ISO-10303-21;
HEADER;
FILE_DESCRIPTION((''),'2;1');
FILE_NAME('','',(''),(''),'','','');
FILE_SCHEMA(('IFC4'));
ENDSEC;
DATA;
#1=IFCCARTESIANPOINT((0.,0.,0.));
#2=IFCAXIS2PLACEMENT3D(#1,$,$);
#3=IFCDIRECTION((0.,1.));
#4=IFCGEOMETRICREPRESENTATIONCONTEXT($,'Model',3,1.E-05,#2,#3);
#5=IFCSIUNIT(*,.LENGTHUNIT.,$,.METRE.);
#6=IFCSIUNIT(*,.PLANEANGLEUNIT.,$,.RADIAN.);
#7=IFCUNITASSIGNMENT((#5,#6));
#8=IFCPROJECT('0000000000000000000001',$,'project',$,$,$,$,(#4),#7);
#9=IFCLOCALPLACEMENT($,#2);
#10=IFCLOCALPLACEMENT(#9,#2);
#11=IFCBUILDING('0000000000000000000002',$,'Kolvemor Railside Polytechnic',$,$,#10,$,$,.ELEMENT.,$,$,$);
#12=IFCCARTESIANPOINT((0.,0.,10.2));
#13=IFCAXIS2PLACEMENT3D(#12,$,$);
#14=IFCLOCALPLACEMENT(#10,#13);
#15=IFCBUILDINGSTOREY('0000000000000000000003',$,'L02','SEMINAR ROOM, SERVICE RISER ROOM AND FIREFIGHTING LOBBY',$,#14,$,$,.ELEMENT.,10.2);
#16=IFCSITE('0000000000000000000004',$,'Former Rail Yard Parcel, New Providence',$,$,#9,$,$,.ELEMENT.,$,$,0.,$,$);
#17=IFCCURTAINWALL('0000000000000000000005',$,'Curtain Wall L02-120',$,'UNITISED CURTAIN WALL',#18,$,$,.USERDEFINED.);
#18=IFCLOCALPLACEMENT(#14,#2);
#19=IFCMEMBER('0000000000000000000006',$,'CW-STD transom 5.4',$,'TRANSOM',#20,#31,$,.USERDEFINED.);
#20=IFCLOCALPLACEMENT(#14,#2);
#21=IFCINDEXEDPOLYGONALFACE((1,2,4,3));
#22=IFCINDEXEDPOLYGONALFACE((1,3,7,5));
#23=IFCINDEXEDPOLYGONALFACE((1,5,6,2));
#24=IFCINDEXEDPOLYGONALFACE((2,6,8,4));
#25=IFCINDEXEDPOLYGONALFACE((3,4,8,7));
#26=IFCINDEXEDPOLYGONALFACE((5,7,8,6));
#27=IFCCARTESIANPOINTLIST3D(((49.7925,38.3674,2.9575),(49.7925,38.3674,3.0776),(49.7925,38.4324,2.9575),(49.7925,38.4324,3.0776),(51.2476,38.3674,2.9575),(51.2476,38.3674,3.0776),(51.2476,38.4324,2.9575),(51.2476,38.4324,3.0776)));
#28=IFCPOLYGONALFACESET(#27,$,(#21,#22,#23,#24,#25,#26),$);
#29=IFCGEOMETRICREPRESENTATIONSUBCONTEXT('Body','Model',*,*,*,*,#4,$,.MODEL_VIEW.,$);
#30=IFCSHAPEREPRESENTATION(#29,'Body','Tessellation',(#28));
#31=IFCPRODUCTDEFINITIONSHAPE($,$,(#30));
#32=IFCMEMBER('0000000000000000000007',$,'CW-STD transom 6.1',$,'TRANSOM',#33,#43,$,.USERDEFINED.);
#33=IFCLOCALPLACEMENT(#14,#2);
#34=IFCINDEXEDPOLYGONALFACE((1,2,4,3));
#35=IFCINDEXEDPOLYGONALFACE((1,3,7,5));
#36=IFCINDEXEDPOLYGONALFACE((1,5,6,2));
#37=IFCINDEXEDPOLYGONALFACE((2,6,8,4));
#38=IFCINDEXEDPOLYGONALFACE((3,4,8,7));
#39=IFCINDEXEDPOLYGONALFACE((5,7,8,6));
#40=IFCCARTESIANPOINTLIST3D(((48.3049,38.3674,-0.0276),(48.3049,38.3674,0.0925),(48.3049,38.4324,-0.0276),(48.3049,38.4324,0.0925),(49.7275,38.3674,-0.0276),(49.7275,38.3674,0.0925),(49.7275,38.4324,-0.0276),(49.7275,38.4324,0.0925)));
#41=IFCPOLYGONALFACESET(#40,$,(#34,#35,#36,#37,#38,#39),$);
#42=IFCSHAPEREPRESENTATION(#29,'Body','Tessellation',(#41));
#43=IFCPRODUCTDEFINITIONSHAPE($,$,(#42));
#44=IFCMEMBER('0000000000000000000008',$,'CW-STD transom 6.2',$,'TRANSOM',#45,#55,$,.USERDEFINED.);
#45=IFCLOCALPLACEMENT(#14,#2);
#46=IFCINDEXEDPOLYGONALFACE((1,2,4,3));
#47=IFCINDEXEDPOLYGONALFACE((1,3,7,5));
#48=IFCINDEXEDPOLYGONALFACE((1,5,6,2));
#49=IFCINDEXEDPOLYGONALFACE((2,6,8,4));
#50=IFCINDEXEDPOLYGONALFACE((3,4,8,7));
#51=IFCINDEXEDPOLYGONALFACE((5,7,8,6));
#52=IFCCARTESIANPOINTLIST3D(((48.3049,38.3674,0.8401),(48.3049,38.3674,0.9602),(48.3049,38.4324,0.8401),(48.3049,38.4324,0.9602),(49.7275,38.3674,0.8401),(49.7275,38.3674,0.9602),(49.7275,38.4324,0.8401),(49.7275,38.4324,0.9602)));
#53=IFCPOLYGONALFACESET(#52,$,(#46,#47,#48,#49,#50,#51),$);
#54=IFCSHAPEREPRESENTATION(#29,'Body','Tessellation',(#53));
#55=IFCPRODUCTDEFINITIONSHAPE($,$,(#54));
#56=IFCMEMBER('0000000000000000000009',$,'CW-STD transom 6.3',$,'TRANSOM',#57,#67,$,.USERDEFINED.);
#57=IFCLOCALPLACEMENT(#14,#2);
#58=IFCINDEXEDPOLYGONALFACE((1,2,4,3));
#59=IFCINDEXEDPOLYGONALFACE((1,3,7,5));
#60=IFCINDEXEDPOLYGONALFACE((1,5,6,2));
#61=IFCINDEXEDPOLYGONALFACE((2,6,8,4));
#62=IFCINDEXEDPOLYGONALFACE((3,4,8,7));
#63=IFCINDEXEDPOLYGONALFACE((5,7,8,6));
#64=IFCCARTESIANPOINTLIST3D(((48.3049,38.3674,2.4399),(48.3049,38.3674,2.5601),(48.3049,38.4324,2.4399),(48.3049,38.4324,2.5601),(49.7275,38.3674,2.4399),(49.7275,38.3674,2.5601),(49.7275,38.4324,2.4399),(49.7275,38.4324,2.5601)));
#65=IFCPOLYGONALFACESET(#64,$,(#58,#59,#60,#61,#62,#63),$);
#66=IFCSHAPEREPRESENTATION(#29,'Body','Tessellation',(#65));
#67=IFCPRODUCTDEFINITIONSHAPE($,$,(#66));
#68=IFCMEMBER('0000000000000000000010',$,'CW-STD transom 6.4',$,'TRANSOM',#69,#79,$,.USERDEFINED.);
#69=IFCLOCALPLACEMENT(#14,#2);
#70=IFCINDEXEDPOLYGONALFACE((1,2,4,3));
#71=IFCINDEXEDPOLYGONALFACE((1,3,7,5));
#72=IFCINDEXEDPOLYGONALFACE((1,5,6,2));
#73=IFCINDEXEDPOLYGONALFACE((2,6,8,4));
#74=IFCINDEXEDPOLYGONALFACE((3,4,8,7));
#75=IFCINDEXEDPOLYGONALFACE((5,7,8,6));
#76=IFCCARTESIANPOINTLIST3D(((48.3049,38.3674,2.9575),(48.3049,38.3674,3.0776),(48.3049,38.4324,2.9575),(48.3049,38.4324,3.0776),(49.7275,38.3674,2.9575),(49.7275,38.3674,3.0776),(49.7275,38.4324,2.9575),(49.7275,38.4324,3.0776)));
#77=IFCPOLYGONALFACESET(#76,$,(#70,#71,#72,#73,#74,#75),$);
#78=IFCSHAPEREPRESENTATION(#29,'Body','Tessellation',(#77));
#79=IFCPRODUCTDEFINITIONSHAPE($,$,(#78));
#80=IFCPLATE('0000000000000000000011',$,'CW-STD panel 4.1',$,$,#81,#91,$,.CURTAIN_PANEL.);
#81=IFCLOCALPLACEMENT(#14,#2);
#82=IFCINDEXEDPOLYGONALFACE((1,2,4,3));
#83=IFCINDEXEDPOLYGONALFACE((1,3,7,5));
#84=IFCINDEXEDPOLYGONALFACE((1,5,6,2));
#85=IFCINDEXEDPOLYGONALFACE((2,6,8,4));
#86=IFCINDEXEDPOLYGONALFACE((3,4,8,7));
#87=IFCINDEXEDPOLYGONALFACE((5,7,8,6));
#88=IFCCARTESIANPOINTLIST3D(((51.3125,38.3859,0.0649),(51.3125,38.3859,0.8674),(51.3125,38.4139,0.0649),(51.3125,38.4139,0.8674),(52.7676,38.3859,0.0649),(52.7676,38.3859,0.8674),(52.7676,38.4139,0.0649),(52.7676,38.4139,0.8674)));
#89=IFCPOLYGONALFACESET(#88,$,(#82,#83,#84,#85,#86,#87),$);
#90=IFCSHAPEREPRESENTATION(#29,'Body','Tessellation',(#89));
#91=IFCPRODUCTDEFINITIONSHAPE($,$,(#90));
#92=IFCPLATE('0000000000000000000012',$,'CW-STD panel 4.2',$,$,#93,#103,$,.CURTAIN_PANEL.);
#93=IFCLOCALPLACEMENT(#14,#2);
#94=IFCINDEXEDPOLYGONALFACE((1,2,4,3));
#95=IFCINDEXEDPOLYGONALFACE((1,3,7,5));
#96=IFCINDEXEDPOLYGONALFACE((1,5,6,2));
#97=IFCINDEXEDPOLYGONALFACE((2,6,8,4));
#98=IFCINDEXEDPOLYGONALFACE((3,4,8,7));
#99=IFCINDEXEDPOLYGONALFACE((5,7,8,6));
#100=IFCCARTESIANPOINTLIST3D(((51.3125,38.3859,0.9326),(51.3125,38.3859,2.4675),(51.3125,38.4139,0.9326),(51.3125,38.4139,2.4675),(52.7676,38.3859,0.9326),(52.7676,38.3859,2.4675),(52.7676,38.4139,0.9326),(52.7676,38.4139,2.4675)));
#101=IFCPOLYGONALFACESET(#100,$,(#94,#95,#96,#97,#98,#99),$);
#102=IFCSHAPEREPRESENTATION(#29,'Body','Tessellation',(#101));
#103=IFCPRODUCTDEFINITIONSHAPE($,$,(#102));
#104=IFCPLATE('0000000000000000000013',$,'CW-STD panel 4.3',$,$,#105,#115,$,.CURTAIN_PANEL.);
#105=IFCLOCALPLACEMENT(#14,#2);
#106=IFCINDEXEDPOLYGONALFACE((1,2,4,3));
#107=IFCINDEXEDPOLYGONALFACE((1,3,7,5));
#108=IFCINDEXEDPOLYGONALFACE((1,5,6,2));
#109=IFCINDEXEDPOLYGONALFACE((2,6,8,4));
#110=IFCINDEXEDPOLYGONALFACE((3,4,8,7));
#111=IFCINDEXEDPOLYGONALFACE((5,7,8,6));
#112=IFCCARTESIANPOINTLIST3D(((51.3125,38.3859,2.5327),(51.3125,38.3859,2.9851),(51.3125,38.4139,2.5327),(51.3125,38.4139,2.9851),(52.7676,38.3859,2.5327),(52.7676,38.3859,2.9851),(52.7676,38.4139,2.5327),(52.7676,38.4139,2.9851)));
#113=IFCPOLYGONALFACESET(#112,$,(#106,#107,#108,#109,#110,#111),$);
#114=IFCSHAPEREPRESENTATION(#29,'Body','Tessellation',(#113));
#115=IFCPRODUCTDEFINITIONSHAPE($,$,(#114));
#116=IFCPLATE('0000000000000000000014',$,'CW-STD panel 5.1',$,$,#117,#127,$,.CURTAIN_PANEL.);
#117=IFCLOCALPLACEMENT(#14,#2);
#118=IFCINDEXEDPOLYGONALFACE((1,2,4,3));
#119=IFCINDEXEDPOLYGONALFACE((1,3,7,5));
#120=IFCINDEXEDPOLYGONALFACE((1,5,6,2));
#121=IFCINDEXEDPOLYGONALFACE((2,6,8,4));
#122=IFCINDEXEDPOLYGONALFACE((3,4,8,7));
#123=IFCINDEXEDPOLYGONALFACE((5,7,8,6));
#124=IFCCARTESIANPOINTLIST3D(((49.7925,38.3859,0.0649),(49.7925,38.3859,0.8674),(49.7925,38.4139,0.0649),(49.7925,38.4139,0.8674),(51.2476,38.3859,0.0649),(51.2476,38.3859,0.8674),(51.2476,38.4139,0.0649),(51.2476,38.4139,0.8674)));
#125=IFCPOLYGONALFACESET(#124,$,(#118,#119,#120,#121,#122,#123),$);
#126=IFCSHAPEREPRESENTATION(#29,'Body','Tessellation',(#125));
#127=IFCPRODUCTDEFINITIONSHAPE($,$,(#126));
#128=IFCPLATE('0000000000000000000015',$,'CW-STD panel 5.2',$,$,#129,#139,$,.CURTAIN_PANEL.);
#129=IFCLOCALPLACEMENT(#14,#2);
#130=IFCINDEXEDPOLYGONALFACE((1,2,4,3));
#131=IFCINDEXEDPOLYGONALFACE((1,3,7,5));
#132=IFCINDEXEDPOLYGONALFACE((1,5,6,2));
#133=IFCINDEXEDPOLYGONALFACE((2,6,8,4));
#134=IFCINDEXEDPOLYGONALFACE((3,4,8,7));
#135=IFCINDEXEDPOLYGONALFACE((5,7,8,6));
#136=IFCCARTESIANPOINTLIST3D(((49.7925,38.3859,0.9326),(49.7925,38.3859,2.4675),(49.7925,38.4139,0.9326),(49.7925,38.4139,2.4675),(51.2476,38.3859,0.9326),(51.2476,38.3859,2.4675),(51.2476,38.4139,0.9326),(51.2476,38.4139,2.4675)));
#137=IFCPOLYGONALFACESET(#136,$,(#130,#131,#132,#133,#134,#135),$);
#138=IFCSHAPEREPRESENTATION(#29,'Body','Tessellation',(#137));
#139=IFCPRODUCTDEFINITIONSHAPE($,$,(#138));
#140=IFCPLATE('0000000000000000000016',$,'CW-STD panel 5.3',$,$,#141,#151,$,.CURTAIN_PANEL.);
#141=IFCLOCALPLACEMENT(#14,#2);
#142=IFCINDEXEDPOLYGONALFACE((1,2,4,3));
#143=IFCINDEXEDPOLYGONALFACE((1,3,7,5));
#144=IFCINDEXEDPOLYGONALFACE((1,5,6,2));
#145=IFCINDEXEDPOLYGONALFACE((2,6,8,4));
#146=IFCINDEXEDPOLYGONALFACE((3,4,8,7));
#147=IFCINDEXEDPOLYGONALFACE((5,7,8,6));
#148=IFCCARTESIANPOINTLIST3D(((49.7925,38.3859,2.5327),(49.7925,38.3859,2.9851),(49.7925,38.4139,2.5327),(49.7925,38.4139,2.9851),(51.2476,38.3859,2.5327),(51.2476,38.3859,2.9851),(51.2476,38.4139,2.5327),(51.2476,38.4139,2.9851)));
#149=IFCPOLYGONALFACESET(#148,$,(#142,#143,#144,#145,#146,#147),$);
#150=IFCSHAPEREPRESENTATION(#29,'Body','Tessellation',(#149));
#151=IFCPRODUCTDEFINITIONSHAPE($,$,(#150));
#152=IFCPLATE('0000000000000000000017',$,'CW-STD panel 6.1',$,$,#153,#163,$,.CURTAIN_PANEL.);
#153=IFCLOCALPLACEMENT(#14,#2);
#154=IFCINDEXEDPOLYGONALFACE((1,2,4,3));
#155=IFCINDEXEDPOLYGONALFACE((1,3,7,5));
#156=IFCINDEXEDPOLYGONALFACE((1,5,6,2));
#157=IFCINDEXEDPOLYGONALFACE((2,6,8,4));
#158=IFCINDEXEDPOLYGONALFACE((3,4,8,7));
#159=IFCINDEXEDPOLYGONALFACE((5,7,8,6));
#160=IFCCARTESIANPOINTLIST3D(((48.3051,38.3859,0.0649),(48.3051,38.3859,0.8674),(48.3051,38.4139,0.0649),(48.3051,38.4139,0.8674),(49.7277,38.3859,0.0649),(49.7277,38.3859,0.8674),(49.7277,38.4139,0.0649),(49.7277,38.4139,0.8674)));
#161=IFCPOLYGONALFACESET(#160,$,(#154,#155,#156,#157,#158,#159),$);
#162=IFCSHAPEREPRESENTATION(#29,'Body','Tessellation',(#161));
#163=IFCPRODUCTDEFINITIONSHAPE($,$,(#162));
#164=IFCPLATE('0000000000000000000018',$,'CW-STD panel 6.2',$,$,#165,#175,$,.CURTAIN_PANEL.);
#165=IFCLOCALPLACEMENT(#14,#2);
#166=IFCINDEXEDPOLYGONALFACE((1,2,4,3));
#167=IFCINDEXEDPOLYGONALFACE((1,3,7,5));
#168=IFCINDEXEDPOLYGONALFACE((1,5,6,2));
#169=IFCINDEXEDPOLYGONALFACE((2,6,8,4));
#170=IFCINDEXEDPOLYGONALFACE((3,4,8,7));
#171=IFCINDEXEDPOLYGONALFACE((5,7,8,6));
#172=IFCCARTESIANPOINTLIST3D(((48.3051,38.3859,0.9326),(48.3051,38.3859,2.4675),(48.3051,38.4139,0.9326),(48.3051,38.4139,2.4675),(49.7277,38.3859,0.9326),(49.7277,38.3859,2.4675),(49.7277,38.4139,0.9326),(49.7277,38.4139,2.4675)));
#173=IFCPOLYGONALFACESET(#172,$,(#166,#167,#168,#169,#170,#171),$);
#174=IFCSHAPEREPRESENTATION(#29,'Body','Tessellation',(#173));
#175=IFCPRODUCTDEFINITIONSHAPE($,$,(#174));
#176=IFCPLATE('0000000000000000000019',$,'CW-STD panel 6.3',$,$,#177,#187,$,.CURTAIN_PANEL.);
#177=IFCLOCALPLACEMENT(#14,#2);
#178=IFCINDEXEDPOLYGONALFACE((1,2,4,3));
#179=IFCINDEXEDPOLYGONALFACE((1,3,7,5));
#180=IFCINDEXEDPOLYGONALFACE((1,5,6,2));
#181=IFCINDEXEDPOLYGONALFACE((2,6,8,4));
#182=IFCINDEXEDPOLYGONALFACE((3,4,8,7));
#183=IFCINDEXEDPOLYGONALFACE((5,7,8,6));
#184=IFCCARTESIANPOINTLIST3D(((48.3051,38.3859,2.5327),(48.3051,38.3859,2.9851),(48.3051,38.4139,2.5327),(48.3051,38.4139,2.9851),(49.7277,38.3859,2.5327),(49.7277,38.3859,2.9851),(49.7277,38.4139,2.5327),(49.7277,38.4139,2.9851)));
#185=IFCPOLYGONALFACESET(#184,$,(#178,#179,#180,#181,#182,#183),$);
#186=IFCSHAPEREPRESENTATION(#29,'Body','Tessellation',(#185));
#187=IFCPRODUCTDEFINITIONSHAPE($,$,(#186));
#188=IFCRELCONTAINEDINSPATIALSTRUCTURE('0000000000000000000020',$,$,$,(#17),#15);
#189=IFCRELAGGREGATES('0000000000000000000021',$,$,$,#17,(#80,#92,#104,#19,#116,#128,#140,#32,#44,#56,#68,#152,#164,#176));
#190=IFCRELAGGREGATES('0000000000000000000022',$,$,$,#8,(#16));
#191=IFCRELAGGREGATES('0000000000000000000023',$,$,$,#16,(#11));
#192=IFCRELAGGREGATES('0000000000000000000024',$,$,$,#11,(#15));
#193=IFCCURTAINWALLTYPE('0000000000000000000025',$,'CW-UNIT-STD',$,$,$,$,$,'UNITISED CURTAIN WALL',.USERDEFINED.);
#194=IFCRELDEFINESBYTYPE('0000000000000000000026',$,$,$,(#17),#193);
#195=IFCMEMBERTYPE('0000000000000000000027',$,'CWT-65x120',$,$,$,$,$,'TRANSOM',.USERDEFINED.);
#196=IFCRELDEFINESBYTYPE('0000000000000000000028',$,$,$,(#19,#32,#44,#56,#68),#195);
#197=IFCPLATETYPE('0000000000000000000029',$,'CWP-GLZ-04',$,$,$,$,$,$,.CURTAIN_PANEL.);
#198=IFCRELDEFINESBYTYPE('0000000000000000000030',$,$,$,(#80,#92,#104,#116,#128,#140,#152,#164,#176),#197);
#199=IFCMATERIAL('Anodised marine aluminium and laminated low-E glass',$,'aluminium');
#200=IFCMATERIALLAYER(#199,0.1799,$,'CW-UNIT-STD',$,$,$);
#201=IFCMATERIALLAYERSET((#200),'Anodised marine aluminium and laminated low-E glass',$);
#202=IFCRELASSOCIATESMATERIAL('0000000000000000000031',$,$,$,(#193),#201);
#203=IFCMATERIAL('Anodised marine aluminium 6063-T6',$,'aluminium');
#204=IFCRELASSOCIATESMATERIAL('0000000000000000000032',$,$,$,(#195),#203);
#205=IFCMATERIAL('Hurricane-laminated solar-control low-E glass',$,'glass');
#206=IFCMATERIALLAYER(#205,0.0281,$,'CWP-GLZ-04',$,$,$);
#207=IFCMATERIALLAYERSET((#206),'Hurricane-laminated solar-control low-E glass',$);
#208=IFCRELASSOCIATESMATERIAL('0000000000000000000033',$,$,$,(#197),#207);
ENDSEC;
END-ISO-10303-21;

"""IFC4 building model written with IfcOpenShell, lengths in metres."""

from ifc_helpers import new_model, si_unit, direction, frame, origin, origin_2d, place, context, subcontext, project, spatial, rectangle, extrude, material, layer, layer_set, material_profile, profile_set, type_object, element, aggregate, save


model = new_model("IFC4")

# Units and contexts
model_context = context("Model", 3, precision=1e-05, world=origin(), true_north=direction((0.0, 1.0)))
body_context = subcontext(model_context, "Body", "Model", "MODEL_VIEW")
ifc_project = project(units=[si_unit("LENGTHUNIT", "METRE"), si_unit("PLANEANGLEUNIT", "RADIAN")], contexts=[model_context])

# Site, building, storey
site_placement = place(None, origin())
site = spatial("IfcSite", under=ifc_project, at=site_placement, Name="Former Rail Yard Parcel, New Providence", CompositionType="ELEMENT", RefElevation=0.0)
building_placement = place(site_placement, origin())
building = spatial("IfcBuilding", under=site, at=building_placement, Name="Kolvemor Railside Polytechnic", CompositionType="ELEMENT")
storey_placement = place(building_placement, frame((0.0, 0.0, 10.2)))
storey = spatial("IfcBuildingStorey", under=building, at=storey_placement, Name="L02", Description="SEMINAR ROOM, SERVICE RISER ROOM AND FIREFIGHTING LOBBY", CompositionType="ELEMENT", Elevation=10.2)

# Shared definitions
ifc_material_1 = material(Name="Anodised marine aluminium and laminated low-E glass", Category="aluminium")
ifc_layer_1 = layer(ifc_material_1, 0.1799, Name="CW-UNIT-STD")
ifc_layer_set_1 = layer_set([ifc_layer_1], Name="Anodised marine aluminium and laminated low-E glass")
curtain_wall_type = type_object("IfcCurtainWallType", Name="CW-UNIT-STD", ElementType="UNITISED CURTAIN WALL", PredefinedType="USERDEFINED", material=ifc_layer_set_1)

# Curtain wall
curtain_wall_1_placement = place(storey_placement, origin())
curtain_wall_1 = element("IfcCurtainWall", 1, at=curtain_wall_1_placement, inside=storey, type_object=curtain_wall_type, Name="Curtain Wall L02-120", ObjectType="UNITISED CURTAIN WALL", PredefinedType="USERDEFINED")

# Members
ifc_material_2 = material(Name="Anodised marine aluminium 6063-T6", Category="aluminium")
ifc_material_profile_1 = material_profile(ifc_material_2, rectangle(XDim=0.0649, YDim=0.1201, at=origin_2d()), Name="CW-TRN-65x120")
ifc_profile_set_1 = profile_set([ifc_material_profile_1], Name="Anodised marine aluminium 6063-T6")
member_type_1 = type_object("IfcMemberType", Name="CWT-65x120", ElementType="TRANSOM", PredefinedType="USERDEFINED", material=ifc_profile_set_1)
member_1_placement = place(storey_placement, frame((51.2476, 38.3999, 3.0176), z_axis=(-1.0, 0.0, 0.0), x_axis=(0.0, -1.0, 0.0)))
member_1 = element("IfcMember", 2, at=member_1_placement, type_object=member_type_1, Name="CW-STD transom 5.4", ObjectType="TRANSOM", PredefinedType="USERDEFINED", context=body_context, shape_type="SweptSolid", body=[
    extrude(rectangle(XDim=0.0649, YDim=0.1201, at=origin_2d()), origin(), (0.0, 0.0, 1.0), 1.4551),
])
member_2_placement = place(storey_placement, frame((49.7275, 38.3999, 0.0325), z_axis=(-1.0, 0.0, 0.0), x_axis=(0.0, -1.0, 0.0)))
member_2 = element("IfcMember", 3, at=member_2_placement, type_object=member_type_1, Name="CW-STD transom 6.1", ObjectType="TRANSOM", PredefinedType="USERDEFINED", context=body_context, shape_type="SweptSolid", body=[
    extrude(rectangle(XDim=0.0649, YDim=0.1201, at=origin_2d()), origin(), (0.0, 0.0, 1.0), 1.4226),
])
member_3_placement = place(storey_placement, frame((49.7275, 38.3999, 0.9001), z_axis=(-1.0, 0.0, 0.0), x_axis=(0.0, -1.0, 0.0)))
member_3 = element("IfcMember", 4, at=member_3_placement, type_object=member_type_1, Name="CW-STD transom 6.2", ObjectType="TRANSOM", PredefinedType="USERDEFINED", context=body_context, shape_type="SweptSolid", body=[
    extrude(rectangle(XDim=0.0649, YDim=0.1201, at=origin_2d()), origin(), (0.0, 0.0, 1.0), 1.4226),
])
member_4_placement = place(storey_placement, frame((49.7275, 38.3999, 2.5), z_axis=(-1.0, 0.0, 0.0), x_axis=(0.0, -1.0, 0.0)))
member_4 = element("IfcMember", 5, at=member_4_placement, type_object=member_type_1, Name="CW-STD transom 6.3", ObjectType="TRANSOM", PredefinedType="USERDEFINED", context=body_context, shape_type="SweptSolid", body=[
    extrude(rectangle(XDim=0.0649, YDim=0.1201, at=origin_2d()), origin(), (0.0, 0.0, 1.0), 1.4226),
])
member_5_placement = place(storey_placement, frame((49.7275, 38.3999, 3.0176), z_axis=(-1.0, 0.0, 0.0), x_axis=(0.0, -1.0, 0.0)))
member_5 = element("IfcMember", 6, at=member_5_placement, type_object=member_type_1, Name="CW-STD transom 6.4", ObjectType="TRANSOM", PredefinedType="USERDEFINED", context=body_context, shape_type="SweptSolid", body=[
    extrude(rectangle(XDim=0.0649, YDim=0.1201, at=origin_2d()), origin(), (0.0, 0.0, 1.0), 1.4226),
])

# Plates
ifc_material_3 = material(Name="Hurricane-laminated solar-control low-E glass", Category="glass")
ifc_layer_2 = layer(ifc_material_3, 0.0281, Name="CWP-GLZ-04")
ifc_layer_set_2 = layer_set([ifc_layer_2], Name="Hurricane-laminated solar-control low-E glass")
plate_type_1 = type_object("IfcPlateType", Name="CWP-GLZ-04", PredefinedType="CURTAIN_PANEL", material=ifc_layer_set_2)
plate_1_placement = place(storey_placement, frame((52.04, 38.3999, 0.0649), z_axis=(0.0, 0.0, 1.0), x_axis=(-1.0, 0.0, 0.0)))
plate_1 = element("IfcPlate", 7, at=plate_1_placement, type_object=plate_type_1, Name="CW-STD panel 4.1", PredefinedType="CURTAIN_PANEL", context=body_context, shape_type="SweptSolid", body=[
    extrude(rectangle(XDim=1.4551, YDim=0.0281, at=origin_2d()), origin(), (0.0, 0.0, 1.0), 0.8025),
])
plate_2_placement = place(storey_placement, frame((52.04, 38.3999, 0.9326), z_axis=(0.0, 0.0, 1.0), x_axis=(-1.0, 0.0, 0.0)))
plate_2 = element("IfcPlate", 8, at=plate_2_placement, type_object=plate_type_1, Name="CW-STD panel 4.2", PredefinedType="CURTAIN_PANEL", context=body_context, shape_type="SweptSolid", body=[
    extrude(rectangle(XDim=1.4551, YDim=0.0281, at=origin_2d()), origin(), (0.0, 0.0, 1.0), 1.5349),
])
plate_3_placement = place(storey_placement, frame((52.04, 38.3999, 2.5327), z_axis=(0.0, 0.0, 1.0), x_axis=(-1.0, 0.0, 0.0)))
plate_3 = element("IfcPlate", 9, at=plate_3_placement, type_object=plate_type_1, Name="CW-STD panel 4.3", PredefinedType="CURTAIN_PANEL", context=body_context, shape_type="SweptSolid", body=[
    extrude(rectangle(XDim=1.4551, YDim=0.0281, at=origin_2d()), origin(), (0.0, 0.0, 1.0), 0.4524),
])
plate_4_placement = place(storey_placement, frame((50.52, 38.3999, 0.0649), z_axis=(0.0, 0.0, 1.0), x_axis=(-1.0, 0.0, 0.0)))
plate_4 = element("IfcPlate", 10, at=plate_4_placement, type_object=plate_type_1, Name="CW-STD panel 5.1", PredefinedType="CURTAIN_PANEL", context=body_context, shape_type="SweptSolid", body=[
    extrude(rectangle(XDim=1.4551, YDim=0.0281, at=origin_2d()), origin(), (0.0, 0.0, 1.0), 0.8025),
])
plate_5_placement = place(storey_placement, frame((50.52, 38.3999, 0.9326), z_axis=(0.0, 0.0, 1.0), x_axis=(-1.0, 0.0, 0.0)))
plate_5 = element("IfcPlate", 11, at=plate_5_placement, type_object=plate_type_1, Name="CW-STD panel 5.2", PredefinedType="CURTAIN_PANEL", context=body_context, shape_type="SweptSolid", body=[
    extrude(rectangle(XDim=1.4551, YDim=0.0281, at=origin_2d()), origin(), (0.0, 0.0, 1.0), 1.5349),
])
plate_6_placement = place(storey_placement, frame((50.52, 38.3999, 2.5327), z_axis=(0.0, 0.0, 1.0), x_axis=(-1.0, 0.0, 0.0)))
plate_6 = element("IfcPlate", 12, at=plate_6_placement, type_object=plate_type_1, Name="CW-STD panel 5.3", PredefinedType="CURTAIN_PANEL", context=body_context, shape_type="SweptSolid", body=[
    extrude(rectangle(XDim=1.4551, YDim=0.0281, at=origin_2d()), origin(), (0.0, 0.0, 1.0), 0.4524),
])
plate_7_placement = place(storey_placement, frame((49.0164, 38.3999, 0.0649), z_axis=(0.0, 0.0, 1.0), x_axis=(-1.0, 0.0, 0.0)))
plate_7 = element("IfcPlate", 13, at=plate_7_placement, type_object=plate_type_1, Name="CW-STD panel 6.1", PredefinedType="CURTAIN_PANEL", context=body_context, shape_type="SweptSolid", body=[
    extrude(rectangle(XDim=1.4226, YDim=0.0281, at=origin_2d()), origin(), (0.0, 0.0, 1.0), 0.8025),
])
plate_8_placement = place(storey_placement, frame((49.0164, 38.3999, 0.9326), z_axis=(0.0, 0.0, 1.0), x_axis=(-1.0, 0.0, 0.0)))
plate_8 = element("IfcPlate", 14, at=plate_8_placement, type_object=plate_type_1, Name="CW-STD panel 6.2", PredefinedType="CURTAIN_PANEL", context=body_context, shape_type="SweptSolid", body=[
    extrude(rectangle(XDim=1.4226, YDim=0.0281, at=origin_2d()), origin(), (0.0, 0.0, 1.0), 1.5349),
])
plate_9_placement = place(storey_placement, frame((49.0164, 38.3999, 2.5327), z_axis=(0.0, 0.0, 1.0), x_axis=(-1.0, 0.0, 0.0)))
plate_9 = element("IfcPlate", 15, at=plate_9_placement, type_object=plate_type_1, Name="CW-STD panel 6.3", PredefinedType="CURTAIN_PANEL", context=body_context, shape_type="SweptSolid", body=[
    extrude(rectangle(XDim=1.4226, YDim=0.0281, at=origin_2d()), origin(), (0.0, 0.0, 1.0), 0.4524),
])
aggregate(curtain_wall_1, [plate_1, plate_2, plate_3, member_1, plate_4, plate_5, plate_6, member_2, member_3, member_4, member_5, plate_7, plate_8, plate_9])

save(model, "model.ifc")
